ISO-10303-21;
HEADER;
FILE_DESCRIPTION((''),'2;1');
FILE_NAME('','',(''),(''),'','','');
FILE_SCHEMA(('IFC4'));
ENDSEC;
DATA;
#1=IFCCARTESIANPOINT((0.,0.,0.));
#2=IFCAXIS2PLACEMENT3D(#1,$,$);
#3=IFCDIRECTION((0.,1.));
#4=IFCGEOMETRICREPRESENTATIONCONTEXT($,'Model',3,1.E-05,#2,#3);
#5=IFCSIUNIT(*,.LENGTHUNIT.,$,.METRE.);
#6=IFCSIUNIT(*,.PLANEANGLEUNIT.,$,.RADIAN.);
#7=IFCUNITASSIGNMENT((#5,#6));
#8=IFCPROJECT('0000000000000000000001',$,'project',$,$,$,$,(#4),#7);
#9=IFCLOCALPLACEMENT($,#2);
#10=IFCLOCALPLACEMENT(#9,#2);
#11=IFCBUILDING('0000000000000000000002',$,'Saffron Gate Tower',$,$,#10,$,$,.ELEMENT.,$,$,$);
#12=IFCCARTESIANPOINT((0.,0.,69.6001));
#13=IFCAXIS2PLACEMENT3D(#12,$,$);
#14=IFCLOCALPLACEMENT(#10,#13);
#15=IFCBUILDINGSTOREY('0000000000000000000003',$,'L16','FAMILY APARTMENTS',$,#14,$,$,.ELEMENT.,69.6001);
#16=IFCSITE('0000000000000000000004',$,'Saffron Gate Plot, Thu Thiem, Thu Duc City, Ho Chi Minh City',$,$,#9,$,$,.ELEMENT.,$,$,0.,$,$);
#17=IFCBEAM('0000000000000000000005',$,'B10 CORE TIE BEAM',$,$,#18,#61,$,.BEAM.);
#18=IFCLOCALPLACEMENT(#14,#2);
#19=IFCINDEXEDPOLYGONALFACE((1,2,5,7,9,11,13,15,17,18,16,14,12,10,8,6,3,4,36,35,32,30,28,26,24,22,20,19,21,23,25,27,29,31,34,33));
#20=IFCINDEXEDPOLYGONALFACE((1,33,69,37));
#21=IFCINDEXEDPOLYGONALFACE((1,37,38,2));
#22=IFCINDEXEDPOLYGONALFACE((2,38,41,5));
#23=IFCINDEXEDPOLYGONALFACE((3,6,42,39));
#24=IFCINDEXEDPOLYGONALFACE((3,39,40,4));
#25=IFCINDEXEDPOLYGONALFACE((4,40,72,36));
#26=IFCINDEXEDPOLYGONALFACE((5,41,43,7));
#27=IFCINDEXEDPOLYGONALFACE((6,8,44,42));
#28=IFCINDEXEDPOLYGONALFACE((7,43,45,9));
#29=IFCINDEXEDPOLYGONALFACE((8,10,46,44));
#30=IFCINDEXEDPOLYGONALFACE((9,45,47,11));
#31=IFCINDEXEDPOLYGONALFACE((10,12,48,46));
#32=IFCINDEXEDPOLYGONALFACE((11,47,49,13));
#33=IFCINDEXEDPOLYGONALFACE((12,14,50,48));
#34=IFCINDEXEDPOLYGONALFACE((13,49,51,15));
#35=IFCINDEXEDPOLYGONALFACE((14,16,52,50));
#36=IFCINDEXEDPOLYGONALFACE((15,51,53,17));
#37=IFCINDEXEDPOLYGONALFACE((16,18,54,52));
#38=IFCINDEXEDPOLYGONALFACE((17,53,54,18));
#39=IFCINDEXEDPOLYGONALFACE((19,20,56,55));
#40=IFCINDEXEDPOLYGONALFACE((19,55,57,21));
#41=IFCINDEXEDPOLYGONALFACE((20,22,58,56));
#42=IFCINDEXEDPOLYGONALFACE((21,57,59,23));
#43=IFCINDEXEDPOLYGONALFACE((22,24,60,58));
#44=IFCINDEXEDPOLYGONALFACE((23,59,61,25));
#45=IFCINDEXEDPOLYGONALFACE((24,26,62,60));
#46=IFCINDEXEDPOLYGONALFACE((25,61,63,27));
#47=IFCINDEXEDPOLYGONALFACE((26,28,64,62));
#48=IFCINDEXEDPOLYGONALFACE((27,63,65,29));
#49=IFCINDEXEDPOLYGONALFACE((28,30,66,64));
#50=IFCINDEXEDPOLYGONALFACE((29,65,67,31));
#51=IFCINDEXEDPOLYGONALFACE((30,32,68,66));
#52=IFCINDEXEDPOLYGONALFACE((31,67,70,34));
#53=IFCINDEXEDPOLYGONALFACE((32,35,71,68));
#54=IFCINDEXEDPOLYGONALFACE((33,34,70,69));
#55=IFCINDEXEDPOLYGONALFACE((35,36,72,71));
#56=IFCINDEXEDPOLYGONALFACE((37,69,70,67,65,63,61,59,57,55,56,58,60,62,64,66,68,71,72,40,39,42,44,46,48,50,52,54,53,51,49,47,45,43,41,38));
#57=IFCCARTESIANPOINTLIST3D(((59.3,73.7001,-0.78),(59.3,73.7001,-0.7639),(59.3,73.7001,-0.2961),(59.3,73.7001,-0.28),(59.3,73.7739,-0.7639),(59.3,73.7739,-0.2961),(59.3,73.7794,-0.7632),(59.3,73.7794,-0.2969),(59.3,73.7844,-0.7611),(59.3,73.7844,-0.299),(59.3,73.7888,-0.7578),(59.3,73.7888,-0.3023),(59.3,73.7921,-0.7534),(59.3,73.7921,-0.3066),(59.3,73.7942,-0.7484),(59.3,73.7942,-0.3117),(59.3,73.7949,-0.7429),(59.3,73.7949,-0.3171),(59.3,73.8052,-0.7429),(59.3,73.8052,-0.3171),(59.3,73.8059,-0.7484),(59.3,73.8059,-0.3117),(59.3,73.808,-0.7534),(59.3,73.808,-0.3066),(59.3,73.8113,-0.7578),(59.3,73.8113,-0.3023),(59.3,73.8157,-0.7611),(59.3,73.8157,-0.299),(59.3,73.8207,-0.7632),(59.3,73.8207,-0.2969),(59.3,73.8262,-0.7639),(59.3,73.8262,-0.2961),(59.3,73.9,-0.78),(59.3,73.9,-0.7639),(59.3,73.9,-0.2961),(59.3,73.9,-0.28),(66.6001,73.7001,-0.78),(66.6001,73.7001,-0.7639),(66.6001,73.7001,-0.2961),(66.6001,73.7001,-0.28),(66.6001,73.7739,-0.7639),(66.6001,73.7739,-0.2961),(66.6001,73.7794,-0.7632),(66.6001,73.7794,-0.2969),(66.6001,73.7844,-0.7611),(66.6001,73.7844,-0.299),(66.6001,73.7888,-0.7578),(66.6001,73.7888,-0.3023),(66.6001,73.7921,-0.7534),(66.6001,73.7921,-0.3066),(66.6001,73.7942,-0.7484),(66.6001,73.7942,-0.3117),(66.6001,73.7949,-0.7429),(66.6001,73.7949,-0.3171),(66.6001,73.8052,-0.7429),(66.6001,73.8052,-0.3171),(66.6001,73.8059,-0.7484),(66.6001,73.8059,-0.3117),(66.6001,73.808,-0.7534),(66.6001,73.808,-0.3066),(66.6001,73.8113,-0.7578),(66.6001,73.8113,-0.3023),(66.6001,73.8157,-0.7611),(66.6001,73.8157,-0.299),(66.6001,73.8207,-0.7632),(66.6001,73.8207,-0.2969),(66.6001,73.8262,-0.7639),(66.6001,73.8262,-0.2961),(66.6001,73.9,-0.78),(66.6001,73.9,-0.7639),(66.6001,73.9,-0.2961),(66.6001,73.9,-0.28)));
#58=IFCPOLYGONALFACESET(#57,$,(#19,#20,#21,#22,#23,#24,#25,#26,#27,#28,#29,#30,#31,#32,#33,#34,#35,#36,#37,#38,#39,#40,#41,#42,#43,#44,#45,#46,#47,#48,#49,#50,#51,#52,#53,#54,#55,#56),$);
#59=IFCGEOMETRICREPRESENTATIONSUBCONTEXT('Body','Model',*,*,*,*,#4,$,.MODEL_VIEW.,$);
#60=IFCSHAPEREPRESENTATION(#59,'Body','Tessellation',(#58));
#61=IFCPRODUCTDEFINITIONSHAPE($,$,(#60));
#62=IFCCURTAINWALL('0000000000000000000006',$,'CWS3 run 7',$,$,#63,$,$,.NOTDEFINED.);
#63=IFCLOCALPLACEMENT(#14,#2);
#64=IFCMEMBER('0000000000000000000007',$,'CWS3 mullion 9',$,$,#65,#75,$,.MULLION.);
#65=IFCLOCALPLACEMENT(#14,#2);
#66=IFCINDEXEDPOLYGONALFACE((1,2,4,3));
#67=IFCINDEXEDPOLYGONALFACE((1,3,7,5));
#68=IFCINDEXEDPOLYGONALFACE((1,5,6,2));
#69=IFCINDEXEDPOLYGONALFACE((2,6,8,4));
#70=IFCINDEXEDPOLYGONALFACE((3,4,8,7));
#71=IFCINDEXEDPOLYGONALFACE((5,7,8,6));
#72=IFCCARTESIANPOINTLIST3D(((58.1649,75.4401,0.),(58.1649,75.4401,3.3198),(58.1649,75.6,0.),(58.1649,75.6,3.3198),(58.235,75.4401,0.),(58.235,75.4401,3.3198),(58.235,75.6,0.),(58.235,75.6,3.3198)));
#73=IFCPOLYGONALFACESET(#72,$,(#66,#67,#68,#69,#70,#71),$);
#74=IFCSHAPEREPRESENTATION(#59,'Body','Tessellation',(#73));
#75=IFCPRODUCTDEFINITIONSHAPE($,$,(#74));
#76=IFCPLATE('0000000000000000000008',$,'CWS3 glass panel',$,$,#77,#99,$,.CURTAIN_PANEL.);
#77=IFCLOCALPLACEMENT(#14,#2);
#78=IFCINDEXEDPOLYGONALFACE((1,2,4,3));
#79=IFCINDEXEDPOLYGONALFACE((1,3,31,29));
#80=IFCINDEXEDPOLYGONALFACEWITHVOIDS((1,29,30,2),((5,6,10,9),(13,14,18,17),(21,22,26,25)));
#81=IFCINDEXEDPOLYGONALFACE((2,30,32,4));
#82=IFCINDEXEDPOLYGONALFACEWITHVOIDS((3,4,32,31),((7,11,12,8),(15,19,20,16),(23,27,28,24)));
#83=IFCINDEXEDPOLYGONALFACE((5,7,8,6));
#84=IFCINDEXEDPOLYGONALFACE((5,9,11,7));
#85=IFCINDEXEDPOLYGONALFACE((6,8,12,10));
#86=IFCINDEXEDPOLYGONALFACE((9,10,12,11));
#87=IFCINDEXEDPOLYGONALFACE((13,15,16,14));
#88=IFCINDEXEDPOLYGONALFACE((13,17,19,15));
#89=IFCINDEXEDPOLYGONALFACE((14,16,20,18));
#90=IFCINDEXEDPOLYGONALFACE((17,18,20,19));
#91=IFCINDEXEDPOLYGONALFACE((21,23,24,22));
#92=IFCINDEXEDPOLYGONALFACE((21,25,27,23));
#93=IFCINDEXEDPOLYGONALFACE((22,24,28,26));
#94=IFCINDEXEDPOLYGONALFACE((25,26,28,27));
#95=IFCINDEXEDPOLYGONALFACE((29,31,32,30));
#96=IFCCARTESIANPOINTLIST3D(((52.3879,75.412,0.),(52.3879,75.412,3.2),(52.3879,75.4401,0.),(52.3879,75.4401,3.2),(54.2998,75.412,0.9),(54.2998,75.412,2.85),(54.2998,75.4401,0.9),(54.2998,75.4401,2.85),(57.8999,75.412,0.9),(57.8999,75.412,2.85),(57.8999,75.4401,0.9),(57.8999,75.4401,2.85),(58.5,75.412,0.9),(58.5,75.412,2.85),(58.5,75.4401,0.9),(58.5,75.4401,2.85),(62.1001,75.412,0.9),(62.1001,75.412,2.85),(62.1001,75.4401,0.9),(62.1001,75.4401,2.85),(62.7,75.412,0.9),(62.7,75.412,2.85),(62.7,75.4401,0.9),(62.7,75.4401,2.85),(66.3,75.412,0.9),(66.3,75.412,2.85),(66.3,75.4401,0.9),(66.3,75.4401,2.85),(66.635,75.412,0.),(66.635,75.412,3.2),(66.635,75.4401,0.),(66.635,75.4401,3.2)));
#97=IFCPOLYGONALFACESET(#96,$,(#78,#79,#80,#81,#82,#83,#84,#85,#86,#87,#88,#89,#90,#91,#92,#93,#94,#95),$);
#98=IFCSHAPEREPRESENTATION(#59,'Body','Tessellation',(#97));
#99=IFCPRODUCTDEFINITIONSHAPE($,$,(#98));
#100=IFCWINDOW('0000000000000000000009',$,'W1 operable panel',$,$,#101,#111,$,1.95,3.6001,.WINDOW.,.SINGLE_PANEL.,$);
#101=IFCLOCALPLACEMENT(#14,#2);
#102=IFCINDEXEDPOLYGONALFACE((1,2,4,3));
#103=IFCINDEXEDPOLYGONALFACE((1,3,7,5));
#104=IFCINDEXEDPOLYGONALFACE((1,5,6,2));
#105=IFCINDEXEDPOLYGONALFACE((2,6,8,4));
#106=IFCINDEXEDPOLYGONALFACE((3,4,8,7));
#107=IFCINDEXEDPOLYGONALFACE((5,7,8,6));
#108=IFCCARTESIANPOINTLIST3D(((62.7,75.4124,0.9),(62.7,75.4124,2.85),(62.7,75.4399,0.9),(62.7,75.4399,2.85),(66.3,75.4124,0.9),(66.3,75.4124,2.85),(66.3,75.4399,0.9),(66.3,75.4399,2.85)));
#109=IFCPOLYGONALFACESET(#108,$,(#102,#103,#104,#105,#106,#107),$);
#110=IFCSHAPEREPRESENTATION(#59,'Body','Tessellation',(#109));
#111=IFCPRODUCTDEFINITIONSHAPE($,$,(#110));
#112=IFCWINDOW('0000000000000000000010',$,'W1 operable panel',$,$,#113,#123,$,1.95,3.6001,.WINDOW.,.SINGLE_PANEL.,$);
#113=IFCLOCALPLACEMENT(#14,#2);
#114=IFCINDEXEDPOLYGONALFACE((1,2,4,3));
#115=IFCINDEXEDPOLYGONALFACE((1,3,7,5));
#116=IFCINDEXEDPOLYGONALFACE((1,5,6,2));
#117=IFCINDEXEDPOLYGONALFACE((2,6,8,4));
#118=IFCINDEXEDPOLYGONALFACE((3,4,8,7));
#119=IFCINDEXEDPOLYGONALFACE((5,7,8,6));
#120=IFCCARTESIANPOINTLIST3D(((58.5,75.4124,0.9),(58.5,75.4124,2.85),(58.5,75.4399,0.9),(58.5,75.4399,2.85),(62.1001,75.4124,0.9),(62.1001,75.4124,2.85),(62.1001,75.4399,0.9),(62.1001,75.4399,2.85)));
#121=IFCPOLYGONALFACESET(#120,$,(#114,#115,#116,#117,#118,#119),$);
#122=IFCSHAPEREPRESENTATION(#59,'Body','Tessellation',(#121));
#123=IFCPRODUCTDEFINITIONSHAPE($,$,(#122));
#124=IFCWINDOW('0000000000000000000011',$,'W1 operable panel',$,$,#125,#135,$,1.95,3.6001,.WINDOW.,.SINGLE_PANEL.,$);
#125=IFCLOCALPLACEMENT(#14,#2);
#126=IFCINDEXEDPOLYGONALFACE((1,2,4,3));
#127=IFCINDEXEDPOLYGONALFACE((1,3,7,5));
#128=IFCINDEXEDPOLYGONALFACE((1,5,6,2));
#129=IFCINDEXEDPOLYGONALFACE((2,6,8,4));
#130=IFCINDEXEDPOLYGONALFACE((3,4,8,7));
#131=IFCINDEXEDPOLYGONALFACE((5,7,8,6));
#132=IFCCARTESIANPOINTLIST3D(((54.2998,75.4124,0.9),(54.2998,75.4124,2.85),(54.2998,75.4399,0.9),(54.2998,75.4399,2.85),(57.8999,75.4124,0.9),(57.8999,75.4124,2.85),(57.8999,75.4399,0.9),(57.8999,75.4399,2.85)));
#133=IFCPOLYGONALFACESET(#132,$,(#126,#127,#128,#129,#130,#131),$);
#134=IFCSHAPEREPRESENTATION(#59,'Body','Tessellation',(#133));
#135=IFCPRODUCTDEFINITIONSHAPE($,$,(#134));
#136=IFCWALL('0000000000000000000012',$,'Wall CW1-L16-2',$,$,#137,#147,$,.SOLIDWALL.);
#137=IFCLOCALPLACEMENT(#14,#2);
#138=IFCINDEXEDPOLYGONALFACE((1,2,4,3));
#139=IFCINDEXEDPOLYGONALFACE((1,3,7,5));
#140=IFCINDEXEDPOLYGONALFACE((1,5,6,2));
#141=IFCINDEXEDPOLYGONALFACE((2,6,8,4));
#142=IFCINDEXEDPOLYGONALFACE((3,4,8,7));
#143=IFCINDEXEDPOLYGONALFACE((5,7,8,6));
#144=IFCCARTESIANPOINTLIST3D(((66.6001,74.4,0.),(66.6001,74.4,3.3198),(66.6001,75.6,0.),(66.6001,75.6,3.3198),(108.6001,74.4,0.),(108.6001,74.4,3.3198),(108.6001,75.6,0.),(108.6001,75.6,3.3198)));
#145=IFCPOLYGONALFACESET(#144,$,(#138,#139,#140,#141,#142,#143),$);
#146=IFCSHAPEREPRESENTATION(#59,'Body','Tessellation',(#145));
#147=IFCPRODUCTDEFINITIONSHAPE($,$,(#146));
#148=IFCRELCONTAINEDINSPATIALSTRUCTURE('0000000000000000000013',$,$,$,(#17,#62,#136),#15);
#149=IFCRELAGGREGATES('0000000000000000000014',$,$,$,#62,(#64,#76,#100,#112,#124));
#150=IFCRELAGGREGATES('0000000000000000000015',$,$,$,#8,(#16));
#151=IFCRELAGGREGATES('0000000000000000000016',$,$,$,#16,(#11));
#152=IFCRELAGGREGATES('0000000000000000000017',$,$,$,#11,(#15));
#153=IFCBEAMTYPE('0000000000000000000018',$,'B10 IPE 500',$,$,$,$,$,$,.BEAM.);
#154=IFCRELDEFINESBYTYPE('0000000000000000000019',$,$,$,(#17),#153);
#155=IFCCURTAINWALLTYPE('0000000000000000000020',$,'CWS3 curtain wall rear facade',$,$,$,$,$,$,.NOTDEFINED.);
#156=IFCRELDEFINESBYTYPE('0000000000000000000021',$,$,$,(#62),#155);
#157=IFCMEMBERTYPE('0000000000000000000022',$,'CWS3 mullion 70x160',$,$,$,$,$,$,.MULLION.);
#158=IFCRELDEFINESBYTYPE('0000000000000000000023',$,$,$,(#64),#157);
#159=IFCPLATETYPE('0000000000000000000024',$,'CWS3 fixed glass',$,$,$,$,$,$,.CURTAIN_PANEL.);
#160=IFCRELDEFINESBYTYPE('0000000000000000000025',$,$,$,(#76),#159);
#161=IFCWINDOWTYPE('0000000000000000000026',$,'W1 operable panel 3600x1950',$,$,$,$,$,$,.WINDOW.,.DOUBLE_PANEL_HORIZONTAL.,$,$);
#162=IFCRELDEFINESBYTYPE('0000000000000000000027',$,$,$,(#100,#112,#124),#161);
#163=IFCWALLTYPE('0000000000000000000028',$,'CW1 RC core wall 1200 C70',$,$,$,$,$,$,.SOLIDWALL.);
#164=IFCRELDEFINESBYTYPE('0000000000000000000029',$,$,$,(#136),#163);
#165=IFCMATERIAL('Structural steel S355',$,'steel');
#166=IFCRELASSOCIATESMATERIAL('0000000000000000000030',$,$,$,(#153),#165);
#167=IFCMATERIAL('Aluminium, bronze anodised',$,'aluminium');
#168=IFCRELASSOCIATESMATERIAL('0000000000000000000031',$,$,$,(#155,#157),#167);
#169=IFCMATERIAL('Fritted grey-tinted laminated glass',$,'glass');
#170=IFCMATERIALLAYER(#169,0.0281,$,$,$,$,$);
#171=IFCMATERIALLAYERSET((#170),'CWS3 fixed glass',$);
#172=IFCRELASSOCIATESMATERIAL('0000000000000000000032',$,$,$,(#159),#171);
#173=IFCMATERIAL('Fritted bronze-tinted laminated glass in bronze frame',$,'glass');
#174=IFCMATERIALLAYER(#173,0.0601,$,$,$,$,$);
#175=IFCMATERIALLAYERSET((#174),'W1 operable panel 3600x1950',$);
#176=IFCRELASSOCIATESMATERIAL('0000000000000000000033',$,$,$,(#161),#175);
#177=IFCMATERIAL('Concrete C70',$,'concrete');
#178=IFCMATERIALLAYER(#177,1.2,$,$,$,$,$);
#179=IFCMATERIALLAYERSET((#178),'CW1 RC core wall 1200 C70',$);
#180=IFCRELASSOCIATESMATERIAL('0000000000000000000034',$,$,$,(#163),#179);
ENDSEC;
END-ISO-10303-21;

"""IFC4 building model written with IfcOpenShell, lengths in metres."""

from ifc_helpers import new_model, si_unit, direction, frame, frame_2d, origin, origin_2d, place, context, subcontext, project, spatial, rectangle, i_section, extrude, material, layer, layer_set, material_profile, profile_set, type_object, element, fill, aggregate, save


model = new_model("IFC4")

# Units and contexts
model_context = context("Model", 3, precision=1e-05, world=origin(), true_north=direction((0.0, 1.0)))
body_context = subcontext(model_context, "Body", "Model", "MODEL_VIEW")
ifc_project = project(units=[si_unit("LENGTHUNIT", "METRE"), si_unit("PLANEANGLEUNIT", "RADIAN")], contexts=[model_context])

# Site, building, storey
site_placement = place(None, origin())
site = spatial("IfcSite", under=ifc_project, at=site_placement, Name="Saffron Gate Plot, Thu Thiem, Thu Duc City, Ho Chi Minh City", CompositionType="ELEMENT", RefElevation=0.0)
building_placement = place(site_placement, origin())
building = spatial("IfcBuilding", under=site, at=building_placement, Name="Saffron Gate Tower", CompositionType="ELEMENT")
storey_placement = place(building_placement, frame((0.0, 0.0, 69.6001)))
storey = spatial("IfcBuildingStorey", under=building, at=storey_placement, Name="L16", Description="FAMILY APARTMENTS", CompositionType="ELEMENT", Elevation=69.6001)

# Beam
ifc_material_1 = material(Name="Structural steel S355", Category="steel")
ifc_material_profile_1 = material_profile(ifc_material_1, i_section(OverallWidth=0.2, OverallDepth=0.5, WebThickness=0.0103, FlangeThickness=0.0161, FilletRadius=0.021, at=origin_2d()))
ifc_profile_set_1 = profile_set([ifc_material_profile_1], Name="Structural steel S355")
beam_type = type_object("IfcBeamType", Name="B10 IPE 500", PredefinedType="BEAM", material=ifc_profile_set_1)
beam_placement = place(storey_placement, frame((59.3, 73.8, -0.53), z_axis=(1.0, 0.0, 0.0), x_axis=(0.0, 1.0, 0.0)))
element("IfcBeam", 1, at=beam_placement, inside=storey, type_object=beam_type, Name="B10 CORE TIE BEAM", PredefinedType="BEAM", context=body_context, shape_type="SweptSolid", body=[
    extrude(i_section(OverallWidth=0.2, OverallDepth=0.5, WebThickness=0.0103, FlangeThickness=0.0161, FilletRadius=0.021, at=origin_2d()), origin(), (0.0, 0.0, 1.0), 7.3),
])

# Curtain wall, member, plate, openings, windows
ifc_material_2 = material(Name="Aluminium, bronze anodised", Category="aluminium")
curtain_wall_type = type_object("IfcCurtainWallType", Name="CWS3 curtain wall rear facade", PredefinedType="NOTDEFINED", material=ifc_material_2)
curtain_wall_placement = place(storey_placement, origin())
curtain_wall = element("IfcCurtainWall", 2, at=curtain_wall_placement, inside=storey, type_object=curtain_wall_type, Name="CWS3 run 7", PredefinedType="NOTDEFINED")
ifc_material_profile_2 = material_profile(ifc_material_2, rectangle(XDim=0.1599, YDim=0.0701, at=origin_2d()))
ifc_profile_set_2 = profile_set([ifc_material_profile_2], Name="Aluminium, bronze anodised")
member_type = type_object("IfcMemberType", Name="CWS3 mullion 70x160", PredefinedType="MULLION", material=ifc_profile_set_2)
member_placement = place(storey_placement, frame((58.2, 75.52, 0.0), z_axis=(0.0, 0.0, 1.0), x_axis=(0.0, -1.0, 0.0)))
member = element("IfcMember", 3, at=member_placement, type_object=member_type, Name="CWS3 mullion 9", PredefinedType="MULLION", context=body_context, shape_type="SweptSolid", body=[
    extrude(rectangle(XDim=0.1599, YDim=0.0701, at=origin_2d()), origin(), (0.0, 0.0, 1.0), 3.3198),
])
ifc_material_3 = material(Name="Fritted grey-tinted laminated glass", Category="glass")
ifc_layer_1 = layer(ifc_material_3, 0.0281)
ifc_layer_set_1 = layer_set([ifc_layer_1], Name="CWS3 fixed glass")
plate_type = type_object("IfcPlateType", Name="CWS3 fixed glass", PredefinedType="CURTAIN_PANEL", material=ifc_layer_set_1)
plate_placement = place(storey_placement, frame((66.635, 75.426, 0.0), z_axis=(0.0, 0.0, 1.0), x_axis=(-1.0, 0.0, 0.0)))
plate = element("IfcPlate", 4, at=plate_placement, type_object=plate_type, Name="CWS3 glass panel", PredefinedType="CURTAIN_PANEL", context=body_context, shape_type="SweptSolid", body=[
    extrude(rectangle(XDim=14.2471, YDim=0.0281, at=frame_2d((7.1235, 0.0))), origin(), (0.0, 0.0, 1.0), 3.2),
])
opening_1_placement = place(plate_placement, frame((0.335, 0.0, 0.8999)))
opening_1 = element("IfcOpeningElement", 5, at=opening_1_placement, cuts=plate, PredefinedType="OPENING", context=body_context, shape_type="SweptSolid", body=[
    extrude(rectangle(XDim=3.6001, YDim=1.95, at=frame_2d((1.8, 0.9751))), frame((0.0, 0.0239, 0.0), z_axis=(0.0, -1.0, 0.0), x_axis=(1.0, 0.0, 0.0)), (0.0, 0.0, 1.0), 0.0481),
])
opening_2_placement = place(plate_placement, frame((4.5349, 0.0, 0.8999)))
opening_2 = element("IfcOpeningElement", 6, at=opening_2_placement, cuts=plate, PredefinedType="OPENING", context=body_context, shape_type="SweptSolid", body=[
    extrude(rectangle(XDim=3.6001, YDim=1.95, at=frame_2d((1.8, 0.9751))), frame((0.0, 0.0239, 0.0), z_axis=(0.0, -1.0, 0.0), x_axis=(1.0, 0.0, 0.0)), (0.0, 0.0, 1.0), 0.0481),
])
opening_3_placement = place(plate_placement, frame((8.7351, 0.0, 0.8999)))
opening_3 = element("IfcOpeningElement", 7, at=opening_3_placement, cuts=plate, PredefinedType="OPENING", context=body_context, shape_type="SweptSolid", body=[
    extrude(rectangle(XDim=3.6001, YDim=1.95, at=frame_2d((1.8, 0.9751))), frame((0.0, 0.0239, 0.0), z_axis=(0.0, -1.0, 0.0), x_axis=(1.0, 0.0, 0.0)), (0.0, 0.0, 1.0), 0.0481),
])
ifc_material_4 = material(Name="Fritted bronze-tinted laminated glass in bronze frame", Category="glass")
ifc_layer_2 = layer(ifc_material_4, 0.0601)
ifc_layer_set_2 = layer_set([ifc_layer_2], Name="W1 operable panel 3600x1950")
window_type = type_object("IfcWindowType", Name="W1 operable panel 3600x1950", PartitioningType="DOUBLE_PANEL_HORIZONTAL", PredefinedType="WINDOW", material=ifc_layer_set_2)
window_1_placement = place(opening_1_placement, origin())
window_1 = element("IfcWindow", 8, at=window_1_placement, type_object=window_type, Name="W1 operable panel", OverallHeight=1.95, OverallWidth=3.6001, PartitioningType="SINGLE_PANEL", PredefinedType="WINDOW", context=body_context, shape_type="SweptSolid", body=[
    extrude(rectangle(XDim=3.6001, YDim=1.95, at=frame_2d((1.8, 0.9751))), frame((0.0, 0.0137, 0.0), z_axis=(0.0, -1.0, 0.0), x_axis=(1.0, 0.0, 0.0)), (0.0, 0.0, 1.0), 0.0276),
])
fill(opening_1, window_1)
window_2_placement = place(opening_2_placement, origin())
window_2 = element("IfcWindow", 9, at=window_2_placement, type_object=window_type, Name="W1 operable panel", OverallHeight=1.95, OverallWidth=3.6001, PartitioningType="SINGLE_PANEL", PredefinedType="WINDOW", context=body_context, shape_type="SweptSolid", body=[
    extrude(rectangle(XDim=3.6001, YDim=1.95, at=frame_2d((1.8, 0.9751))), frame((0.0, 0.0137, 0.0), z_axis=(0.0, -1.0, 0.0), x_axis=(1.0, 0.0, 0.0)), (0.0, 0.0, 1.0), 0.0276),
])
fill(opening_2, window_2)
window_3_placement = place(opening_3_placement, origin())
window_3 = element("IfcWindow", 10, at=window_3_placement, type_object=window_type, Name="W1 operable panel", OverallHeight=1.95, OverallWidth=3.6001, PartitioningType="SINGLE_PANEL", PredefinedType="WINDOW", context=body_context, shape_type="SweptSolid", body=[
    extrude(rectangle(XDim=3.6001, YDim=1.95, at=frame_2d((1.8, 0.9751))), frame((0.0, 0.0137, 0.0), z_axis=(0.0, -1.0, 0.0), x_axis=(1.0, 0.0, 0.0)), (0.0, 0.0, 1.0), 0.0276),
])
fill(opening_3, window_3)
aggregate(curtain_wall, [member, plate, window_1, window_2, window_3])

# Wall
ifc_material_5 = material(Name="Concrete C70", Category="concrete")
ifc_layer_3 = layer(ifc_material_5, 1.2)
ifc_layer_set_3 = layer_set([ifc_layer_3], Name="CW1 RC core wall 1200 C70")
wall_type_1 = type_object("IfcWallType", Name="CW1 RC core wall 1200 C70", PredefinedType="SOLIDWALL", material=ifc_layer_set_3)
wall_1_placement = place(storey_placement, frame((66.6001, 75.0, 0.0), z_axis=(0.0, 0.0, 1.0), x_axis=(1.0, 0.0, 0.0)))
element("IfcWall", 11, at=wall_1_placement, inside=storey, type_object=wall_type_1, Name="Wall CW1-L16-2", PredefinedType="SOLIDWALL", context=body_context, shape_type="SweptSolid", body=[
    extrude(rectangle(XDim=42.0, YDim=1.2, at=frame_2d((21.0, 0.0))), origin(), (0.0, 0.0, 1.0), 3.3198),
])

save(model, "model.ifc")
